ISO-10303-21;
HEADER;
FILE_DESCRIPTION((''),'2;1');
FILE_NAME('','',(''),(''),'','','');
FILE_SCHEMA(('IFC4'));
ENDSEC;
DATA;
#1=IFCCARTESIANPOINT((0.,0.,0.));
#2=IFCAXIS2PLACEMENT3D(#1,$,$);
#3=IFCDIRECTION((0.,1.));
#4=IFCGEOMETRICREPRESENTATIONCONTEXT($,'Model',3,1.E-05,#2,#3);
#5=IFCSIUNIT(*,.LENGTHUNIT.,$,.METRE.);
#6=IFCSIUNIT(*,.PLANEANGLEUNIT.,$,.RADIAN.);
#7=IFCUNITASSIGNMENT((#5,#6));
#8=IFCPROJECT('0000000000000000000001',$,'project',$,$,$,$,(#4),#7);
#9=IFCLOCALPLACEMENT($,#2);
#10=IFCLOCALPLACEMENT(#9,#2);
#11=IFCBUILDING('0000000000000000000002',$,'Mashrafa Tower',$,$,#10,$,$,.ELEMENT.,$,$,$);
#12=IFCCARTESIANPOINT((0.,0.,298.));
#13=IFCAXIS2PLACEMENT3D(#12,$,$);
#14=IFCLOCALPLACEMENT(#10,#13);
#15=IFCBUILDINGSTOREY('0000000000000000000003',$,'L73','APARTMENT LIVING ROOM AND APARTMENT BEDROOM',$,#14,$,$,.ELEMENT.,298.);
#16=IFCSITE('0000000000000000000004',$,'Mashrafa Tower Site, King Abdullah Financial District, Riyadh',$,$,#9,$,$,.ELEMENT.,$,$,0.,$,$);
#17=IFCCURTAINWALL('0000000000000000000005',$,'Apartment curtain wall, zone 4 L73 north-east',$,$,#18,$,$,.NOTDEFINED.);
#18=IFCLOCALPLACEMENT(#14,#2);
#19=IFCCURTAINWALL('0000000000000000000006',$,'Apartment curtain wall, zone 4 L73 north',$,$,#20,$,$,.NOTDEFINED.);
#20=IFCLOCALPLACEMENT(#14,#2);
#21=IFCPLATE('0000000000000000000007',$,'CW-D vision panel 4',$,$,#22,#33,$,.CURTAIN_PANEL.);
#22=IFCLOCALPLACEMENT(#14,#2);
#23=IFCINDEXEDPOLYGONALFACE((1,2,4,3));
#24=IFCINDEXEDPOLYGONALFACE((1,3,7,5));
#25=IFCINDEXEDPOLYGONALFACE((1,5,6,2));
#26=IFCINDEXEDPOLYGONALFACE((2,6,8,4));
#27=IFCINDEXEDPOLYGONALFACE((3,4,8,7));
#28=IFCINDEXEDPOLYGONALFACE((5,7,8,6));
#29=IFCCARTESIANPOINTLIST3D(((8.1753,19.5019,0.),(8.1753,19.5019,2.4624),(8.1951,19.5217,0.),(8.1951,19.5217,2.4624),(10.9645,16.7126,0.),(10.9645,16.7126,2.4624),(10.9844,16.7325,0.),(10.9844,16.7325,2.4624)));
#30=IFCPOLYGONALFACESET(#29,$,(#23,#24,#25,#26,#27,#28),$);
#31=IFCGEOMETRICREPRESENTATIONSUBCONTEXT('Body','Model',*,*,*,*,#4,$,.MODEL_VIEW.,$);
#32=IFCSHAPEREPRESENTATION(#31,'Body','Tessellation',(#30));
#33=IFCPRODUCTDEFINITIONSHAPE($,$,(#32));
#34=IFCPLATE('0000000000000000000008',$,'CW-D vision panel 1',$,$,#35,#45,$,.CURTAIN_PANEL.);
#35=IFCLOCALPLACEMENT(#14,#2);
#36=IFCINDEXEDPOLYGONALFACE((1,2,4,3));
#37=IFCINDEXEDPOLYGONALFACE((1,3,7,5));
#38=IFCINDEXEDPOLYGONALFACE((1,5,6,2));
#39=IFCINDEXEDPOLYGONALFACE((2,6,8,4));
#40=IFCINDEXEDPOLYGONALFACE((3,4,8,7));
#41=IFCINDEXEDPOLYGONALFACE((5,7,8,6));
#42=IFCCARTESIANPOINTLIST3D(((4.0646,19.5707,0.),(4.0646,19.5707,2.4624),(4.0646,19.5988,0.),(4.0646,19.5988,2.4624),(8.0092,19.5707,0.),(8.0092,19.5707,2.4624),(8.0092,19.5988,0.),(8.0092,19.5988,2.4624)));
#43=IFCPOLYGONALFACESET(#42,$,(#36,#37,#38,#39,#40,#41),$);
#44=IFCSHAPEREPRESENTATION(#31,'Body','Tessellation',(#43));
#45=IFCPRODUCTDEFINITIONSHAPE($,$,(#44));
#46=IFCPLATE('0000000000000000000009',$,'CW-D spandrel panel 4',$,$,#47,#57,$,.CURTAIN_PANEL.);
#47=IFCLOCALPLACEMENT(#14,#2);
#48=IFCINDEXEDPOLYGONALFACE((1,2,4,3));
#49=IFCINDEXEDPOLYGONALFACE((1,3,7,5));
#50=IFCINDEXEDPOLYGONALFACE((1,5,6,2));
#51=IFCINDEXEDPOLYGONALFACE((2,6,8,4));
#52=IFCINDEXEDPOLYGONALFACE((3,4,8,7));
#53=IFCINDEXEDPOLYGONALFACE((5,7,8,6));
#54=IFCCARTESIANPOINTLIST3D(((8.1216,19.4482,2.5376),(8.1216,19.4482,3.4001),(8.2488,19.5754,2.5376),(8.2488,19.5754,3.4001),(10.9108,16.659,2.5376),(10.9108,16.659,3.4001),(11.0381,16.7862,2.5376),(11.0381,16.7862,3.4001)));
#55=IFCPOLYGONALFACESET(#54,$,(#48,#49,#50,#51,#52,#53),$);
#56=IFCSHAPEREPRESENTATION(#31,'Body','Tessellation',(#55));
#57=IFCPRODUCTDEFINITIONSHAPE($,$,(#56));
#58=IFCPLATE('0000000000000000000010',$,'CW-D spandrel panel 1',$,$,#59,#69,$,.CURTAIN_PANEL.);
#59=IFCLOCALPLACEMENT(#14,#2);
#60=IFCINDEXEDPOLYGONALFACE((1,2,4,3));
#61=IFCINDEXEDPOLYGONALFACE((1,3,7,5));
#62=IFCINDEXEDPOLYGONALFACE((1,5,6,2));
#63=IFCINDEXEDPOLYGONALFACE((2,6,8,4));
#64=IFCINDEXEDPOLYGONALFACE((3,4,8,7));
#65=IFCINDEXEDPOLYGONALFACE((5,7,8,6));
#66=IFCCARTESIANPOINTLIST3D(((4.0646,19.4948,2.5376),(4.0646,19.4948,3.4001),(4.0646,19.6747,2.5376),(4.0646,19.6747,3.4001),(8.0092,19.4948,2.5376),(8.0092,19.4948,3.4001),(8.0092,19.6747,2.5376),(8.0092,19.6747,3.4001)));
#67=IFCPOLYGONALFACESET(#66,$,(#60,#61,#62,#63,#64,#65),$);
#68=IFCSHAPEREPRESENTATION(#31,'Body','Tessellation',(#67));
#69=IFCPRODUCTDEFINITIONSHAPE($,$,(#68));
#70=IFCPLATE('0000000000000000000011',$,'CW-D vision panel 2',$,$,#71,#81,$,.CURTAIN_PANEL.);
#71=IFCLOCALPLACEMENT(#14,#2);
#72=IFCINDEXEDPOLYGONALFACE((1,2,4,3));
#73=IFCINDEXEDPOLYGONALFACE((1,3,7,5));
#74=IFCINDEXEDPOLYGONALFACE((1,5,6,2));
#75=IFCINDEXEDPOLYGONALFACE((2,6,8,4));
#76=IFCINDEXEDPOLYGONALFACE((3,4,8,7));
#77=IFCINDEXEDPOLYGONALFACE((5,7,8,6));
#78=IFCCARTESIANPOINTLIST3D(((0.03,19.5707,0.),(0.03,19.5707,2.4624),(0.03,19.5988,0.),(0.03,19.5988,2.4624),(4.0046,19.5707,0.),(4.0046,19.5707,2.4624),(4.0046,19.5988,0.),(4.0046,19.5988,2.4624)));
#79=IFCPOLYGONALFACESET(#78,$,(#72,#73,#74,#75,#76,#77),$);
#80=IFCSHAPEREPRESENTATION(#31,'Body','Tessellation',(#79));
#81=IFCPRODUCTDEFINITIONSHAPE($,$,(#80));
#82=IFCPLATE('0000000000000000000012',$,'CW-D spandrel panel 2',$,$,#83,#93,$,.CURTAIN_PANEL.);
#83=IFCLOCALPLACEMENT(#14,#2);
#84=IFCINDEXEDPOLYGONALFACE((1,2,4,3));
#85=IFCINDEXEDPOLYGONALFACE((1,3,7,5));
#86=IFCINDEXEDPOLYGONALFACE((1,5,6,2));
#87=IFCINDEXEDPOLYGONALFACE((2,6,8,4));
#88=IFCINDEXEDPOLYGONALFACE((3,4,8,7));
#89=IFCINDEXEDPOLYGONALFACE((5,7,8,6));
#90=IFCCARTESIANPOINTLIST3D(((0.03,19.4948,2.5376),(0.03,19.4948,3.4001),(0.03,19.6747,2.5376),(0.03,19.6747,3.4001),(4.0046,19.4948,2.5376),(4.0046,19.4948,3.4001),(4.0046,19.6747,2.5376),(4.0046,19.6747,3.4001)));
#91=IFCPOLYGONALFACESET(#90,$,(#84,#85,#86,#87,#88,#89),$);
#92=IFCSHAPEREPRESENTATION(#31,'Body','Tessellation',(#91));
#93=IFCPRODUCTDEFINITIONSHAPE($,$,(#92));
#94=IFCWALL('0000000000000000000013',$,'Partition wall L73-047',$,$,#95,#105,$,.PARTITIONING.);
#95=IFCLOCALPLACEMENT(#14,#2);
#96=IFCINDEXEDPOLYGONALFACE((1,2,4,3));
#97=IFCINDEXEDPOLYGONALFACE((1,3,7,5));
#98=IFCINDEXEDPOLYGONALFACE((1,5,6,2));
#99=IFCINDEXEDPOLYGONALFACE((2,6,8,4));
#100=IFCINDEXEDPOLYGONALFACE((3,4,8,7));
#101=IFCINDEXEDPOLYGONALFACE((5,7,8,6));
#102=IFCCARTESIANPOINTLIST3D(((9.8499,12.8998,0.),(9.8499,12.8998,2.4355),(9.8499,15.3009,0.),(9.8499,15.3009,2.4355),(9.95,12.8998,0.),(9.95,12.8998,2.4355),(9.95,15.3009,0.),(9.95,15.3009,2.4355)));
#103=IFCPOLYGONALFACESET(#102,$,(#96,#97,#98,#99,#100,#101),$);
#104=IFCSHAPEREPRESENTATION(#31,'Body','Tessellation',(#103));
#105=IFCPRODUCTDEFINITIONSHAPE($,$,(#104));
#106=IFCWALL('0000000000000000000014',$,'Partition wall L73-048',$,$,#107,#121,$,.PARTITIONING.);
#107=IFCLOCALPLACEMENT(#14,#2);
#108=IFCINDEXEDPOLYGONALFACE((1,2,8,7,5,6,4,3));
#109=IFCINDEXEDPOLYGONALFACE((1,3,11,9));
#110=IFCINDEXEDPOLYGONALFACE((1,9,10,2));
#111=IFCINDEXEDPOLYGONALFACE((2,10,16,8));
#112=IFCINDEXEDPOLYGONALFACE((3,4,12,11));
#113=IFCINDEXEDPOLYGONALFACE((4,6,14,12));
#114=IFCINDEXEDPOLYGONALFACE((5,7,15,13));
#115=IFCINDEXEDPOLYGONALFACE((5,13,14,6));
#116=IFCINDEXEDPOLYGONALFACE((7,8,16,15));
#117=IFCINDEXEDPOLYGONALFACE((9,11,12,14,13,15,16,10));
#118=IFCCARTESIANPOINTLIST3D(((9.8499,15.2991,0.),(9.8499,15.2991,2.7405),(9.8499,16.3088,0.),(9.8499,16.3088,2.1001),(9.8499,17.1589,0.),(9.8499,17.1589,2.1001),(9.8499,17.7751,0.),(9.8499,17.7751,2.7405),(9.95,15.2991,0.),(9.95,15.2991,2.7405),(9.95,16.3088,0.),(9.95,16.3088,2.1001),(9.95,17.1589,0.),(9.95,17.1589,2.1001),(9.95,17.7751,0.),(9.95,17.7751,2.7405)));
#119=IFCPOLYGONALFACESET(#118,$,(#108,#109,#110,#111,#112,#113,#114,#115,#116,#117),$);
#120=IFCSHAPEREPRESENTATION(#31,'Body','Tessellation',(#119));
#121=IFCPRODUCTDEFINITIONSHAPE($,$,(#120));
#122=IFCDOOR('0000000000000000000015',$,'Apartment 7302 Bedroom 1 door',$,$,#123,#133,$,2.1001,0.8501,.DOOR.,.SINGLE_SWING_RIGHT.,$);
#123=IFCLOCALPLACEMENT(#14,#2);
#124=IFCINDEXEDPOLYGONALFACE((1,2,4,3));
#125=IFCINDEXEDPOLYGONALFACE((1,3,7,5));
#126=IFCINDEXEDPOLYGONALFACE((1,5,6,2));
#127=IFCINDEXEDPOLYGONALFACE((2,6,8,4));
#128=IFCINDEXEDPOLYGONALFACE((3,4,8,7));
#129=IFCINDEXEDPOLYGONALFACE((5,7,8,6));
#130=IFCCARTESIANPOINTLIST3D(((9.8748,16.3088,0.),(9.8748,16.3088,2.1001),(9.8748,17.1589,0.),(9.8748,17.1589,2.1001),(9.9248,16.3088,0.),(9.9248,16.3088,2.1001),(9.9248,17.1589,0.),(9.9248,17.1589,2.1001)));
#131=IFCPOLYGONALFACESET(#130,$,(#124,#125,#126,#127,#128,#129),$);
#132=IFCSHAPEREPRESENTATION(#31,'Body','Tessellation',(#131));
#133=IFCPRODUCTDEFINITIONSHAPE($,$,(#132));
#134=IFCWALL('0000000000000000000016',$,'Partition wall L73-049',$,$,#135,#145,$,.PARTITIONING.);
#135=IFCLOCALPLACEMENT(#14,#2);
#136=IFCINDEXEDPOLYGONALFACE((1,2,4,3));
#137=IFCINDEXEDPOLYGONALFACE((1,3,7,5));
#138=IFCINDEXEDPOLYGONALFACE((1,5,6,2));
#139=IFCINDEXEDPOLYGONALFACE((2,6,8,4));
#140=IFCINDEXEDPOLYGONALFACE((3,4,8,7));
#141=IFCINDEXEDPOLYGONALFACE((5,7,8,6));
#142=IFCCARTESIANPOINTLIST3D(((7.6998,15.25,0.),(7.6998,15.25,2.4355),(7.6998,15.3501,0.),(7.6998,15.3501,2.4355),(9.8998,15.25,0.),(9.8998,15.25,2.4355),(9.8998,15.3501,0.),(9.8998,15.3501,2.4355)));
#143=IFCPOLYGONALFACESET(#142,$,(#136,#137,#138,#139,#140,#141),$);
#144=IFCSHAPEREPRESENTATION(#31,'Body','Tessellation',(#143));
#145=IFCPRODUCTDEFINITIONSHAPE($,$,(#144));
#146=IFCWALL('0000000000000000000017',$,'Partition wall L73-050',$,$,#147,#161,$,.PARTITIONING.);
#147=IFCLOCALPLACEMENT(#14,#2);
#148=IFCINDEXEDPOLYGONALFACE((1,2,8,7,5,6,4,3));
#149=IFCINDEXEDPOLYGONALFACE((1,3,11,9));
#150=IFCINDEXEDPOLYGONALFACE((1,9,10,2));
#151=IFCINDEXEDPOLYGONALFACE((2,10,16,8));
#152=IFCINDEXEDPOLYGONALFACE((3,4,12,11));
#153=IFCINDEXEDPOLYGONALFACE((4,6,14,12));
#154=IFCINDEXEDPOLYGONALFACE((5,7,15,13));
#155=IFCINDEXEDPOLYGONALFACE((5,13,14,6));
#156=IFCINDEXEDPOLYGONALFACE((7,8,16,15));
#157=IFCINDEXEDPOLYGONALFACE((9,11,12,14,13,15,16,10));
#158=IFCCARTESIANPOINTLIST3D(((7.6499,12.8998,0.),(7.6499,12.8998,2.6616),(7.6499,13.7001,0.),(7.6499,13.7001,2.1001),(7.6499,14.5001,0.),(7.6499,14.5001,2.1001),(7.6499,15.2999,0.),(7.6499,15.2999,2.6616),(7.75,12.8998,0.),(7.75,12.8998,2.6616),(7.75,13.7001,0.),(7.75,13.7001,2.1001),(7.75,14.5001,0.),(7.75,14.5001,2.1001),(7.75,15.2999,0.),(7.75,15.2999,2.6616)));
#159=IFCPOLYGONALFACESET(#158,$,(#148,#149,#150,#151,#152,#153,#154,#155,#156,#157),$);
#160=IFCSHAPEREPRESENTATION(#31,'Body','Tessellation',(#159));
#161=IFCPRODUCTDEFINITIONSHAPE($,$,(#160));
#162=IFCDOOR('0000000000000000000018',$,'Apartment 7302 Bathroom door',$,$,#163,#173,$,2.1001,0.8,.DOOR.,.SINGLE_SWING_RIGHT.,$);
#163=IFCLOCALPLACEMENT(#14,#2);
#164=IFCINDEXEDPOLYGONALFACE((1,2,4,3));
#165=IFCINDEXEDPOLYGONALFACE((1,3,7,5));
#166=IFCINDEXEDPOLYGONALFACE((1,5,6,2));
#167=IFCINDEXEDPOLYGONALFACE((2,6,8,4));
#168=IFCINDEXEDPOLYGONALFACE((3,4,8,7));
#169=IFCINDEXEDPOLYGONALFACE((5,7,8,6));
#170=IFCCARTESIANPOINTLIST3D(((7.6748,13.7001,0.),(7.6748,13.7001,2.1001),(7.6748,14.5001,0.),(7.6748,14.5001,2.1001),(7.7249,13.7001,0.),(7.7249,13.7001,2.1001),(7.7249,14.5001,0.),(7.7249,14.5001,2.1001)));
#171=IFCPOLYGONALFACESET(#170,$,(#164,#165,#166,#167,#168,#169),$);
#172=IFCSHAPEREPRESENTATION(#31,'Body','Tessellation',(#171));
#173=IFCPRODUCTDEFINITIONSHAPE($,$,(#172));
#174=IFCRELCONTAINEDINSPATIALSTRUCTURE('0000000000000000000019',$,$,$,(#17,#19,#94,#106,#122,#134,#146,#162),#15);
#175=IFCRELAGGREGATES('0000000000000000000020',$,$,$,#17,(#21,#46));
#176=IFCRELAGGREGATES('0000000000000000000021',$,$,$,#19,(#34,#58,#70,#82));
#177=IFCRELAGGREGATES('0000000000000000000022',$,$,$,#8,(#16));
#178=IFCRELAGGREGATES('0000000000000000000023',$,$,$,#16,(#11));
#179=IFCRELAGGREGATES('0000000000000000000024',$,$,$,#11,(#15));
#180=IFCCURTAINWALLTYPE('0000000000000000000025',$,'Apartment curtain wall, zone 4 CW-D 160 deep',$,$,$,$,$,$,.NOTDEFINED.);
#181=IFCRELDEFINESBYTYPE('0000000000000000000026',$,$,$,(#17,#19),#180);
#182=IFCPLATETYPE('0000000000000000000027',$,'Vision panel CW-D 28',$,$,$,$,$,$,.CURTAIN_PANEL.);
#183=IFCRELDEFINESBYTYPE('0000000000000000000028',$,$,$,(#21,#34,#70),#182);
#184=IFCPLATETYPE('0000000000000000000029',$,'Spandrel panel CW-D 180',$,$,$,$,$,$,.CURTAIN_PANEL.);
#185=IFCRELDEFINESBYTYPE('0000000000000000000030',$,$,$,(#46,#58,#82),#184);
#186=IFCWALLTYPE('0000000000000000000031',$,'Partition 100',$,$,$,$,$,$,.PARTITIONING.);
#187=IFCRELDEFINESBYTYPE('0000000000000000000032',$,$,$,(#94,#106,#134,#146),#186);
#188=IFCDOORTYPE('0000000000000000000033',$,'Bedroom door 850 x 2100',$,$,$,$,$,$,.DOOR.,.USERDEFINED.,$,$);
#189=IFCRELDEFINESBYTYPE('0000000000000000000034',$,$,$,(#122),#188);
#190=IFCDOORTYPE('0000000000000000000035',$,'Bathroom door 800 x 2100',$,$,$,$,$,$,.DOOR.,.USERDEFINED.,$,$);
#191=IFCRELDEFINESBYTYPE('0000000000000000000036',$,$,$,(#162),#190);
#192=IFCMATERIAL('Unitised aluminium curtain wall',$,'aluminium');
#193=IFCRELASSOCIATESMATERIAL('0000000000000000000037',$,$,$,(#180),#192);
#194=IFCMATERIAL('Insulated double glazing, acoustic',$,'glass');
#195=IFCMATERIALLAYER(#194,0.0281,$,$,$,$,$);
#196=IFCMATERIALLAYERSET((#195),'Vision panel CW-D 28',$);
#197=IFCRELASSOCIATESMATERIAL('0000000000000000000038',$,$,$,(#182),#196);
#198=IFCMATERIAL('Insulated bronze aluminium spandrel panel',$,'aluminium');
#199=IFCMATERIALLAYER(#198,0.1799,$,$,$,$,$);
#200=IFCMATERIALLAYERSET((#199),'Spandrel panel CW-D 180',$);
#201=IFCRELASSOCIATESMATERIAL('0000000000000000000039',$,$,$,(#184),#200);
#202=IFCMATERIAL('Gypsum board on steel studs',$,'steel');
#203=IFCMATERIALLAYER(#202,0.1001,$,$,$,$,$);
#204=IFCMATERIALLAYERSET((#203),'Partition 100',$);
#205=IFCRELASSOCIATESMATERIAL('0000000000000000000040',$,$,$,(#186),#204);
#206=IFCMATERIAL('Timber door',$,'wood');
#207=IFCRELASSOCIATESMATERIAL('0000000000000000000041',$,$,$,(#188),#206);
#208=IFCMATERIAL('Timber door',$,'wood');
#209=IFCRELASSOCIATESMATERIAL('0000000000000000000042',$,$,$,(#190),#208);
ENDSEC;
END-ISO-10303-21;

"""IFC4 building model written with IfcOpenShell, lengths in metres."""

from ifc_helpers import new_model, si_unit, direction, frame, frame_2d, origin, origin_2d, place, context, subcontext, project, spatial, rectangle, extrude, source, transform, mapped, material, layer, layer_set, type_object, type_shapes, element, fill, aggregate, save


model = new_model("IFC4")

# Units and contexts
model_context = context("Model", 3, precision=1e-05, world=origin(), true_north=direction((0.0, 1.0)))
body_context = subcontext(model_context, "Body", "Model", "MODEL_VIEW")
ifc_project = project(units=[si_unit("LENGTHUNIT", "METRE"), si_unit("PLANEANGLEUNIT", "RADIAN")], contexts=[model_context])

# Site, building, storey
site_placement = place(None, origin())
site = spatial("IfcSite", under=ifc_project, at=site_placement, Name="Mashrafa Tower Site, King Abdullah Financial District, Riyadh", CompositionType="ELEMENT", RefElevation=0.0)
building_placement = place(site_placement, origin())
building = spatial("IfcBuilding", under=site, at=building_placement, Name="Mashrafa Tower", CompositionType="ELEMENT")
storey_placement = place(building_placement, frame((0.0, 0.0, 298.0)))
storey = spatial("IfcBuildingStorey", under=building, at=storey_placement, Name="L73", Description="APARTMENT LIVING ROOM AND APARTMENT BEDROOM", CompositionType="ELEMENT", Elevation=298.0)

# Curtain wall
ifc_material_1 = material(Name="Unitised aluminium curtain wall", Category="aluminium")
curtain_wall_type = type_object("IfcCurtainWallType", Name="Apartment curtain wall, zone 4 CW-D 160 deep", PredefinedType="NOTDEFINED", material=ifc_material_1)
curtain_wall_1_placement = place(storey_placement, origin())
curtain_wall_1 = element("IfcCurtainWall", 1, at=curtain_wall_1_placement, inside=storey, type_object=curtain_wall_type, Name="Apartment curtain wall, zone 4 L73 north-east", PredefinedType="NOTDEFINED")

# Curtain wall
curtain_wall_2_placement = place(storey_placement, origin())
curtain_wall_2 = element("IfcCurtainWall", 2, at=curtain_wall_2_placement, inside=storey, type_object=curtain_wall_type, Name="Apartment curtain wall, zone 4 L73 north", PredefinedType="NOTDEFINED")

# Plates
ifc_material_2 = material(Name="Insulated double glazing, acoustic", Category="glass")
ifc_layer_1 = layer(ifc_material_2, 0.0281)
ifc_layer_set_1 = layer_set([ifc_layer_1], Name="Vision panel CW-D 28")
plate_type_1 = type_object("IfcPlateType", Name="Vision panel CW-D 28", PredefinedType="CURTAIN_PANEL", material=ifc_layer_set_1)
shared_shape_1 = source(origin(), body_context, "Body", "SweptSolid", [
    extrude(rectangle(XDim=3.9446, YDim=0.0281, at=origin_2d()), origin(), (0.0, 0.0, 1.0), 2.4624),
])
plate_1_placement = place(storey_placement, frame((9.5798, 18.1172, 0.0), z_axis=(0.0, 0.0, 1.0), x_axis=(-0.707107, 0.707107, 0.0)))
plate_1 = element("IfcPlate", 3, at=plate_1_placement, type_object=plate_type_1, Name="CW-D vision panel 4", PredefinedType="CURTAIN_PANEL", context=body_context, shape_type="MappedRepresentation", body=[
    mapped(shared_shape_1, transform((0.0, 0.0, 0.0))),
])
plate_2_placement = place(storey_placement, frame((6.0369, 19.5847, 0.0), z_axis=(0.0, 0.0, 1.0), x_axis=(-1.0, 0.0, 0.0)))
plate_2 = element("IfcPlate", 4, at=plate_2_placement, type_object=plate_type_1, Name="CW-D vision panel 1", PredefinedType="CURTAIN_PANEL", context=body_context, shape_type="MappedRepresentation", body=[
    mapped(shared_shape_1, transform((0.0, 0.0, 0.0))),
])
ifc_material_3 = material(Name="Insulated bronze aluminium spandrel panel", Category="aluminium")
ifc_layer_2 = layer(ifc_material_3, 0.1799)
ifc_layer_set_2 = layer_set([ifc_layer_2], Name="Spandrel panel CW-D 180")
plate_type_2 = type_object("IfcPlateType", Name="Spandrel panel CW-D 180", PredefinedType="CURTAIN_PANEL", material=ifc_layer_set_2)
shared_shape_2 = source(origin(), body_context, "Body", "SweptSolid", [
    extrude(rectangle(XDim=3.9446, YDim=0.1799, at=origin_2d()), origin(), (0.0, 0.0, 1.0), 0.8625),
])
plate_3_placement = place(storey_placement, frame((9.5798, 18.1172, 2.5376), z_axis=(0.0, 0.0, 1.0), x_axis=(-0.707107, 0.707107, 0.0)))
plate_3 = element("IfcPlate", 5, at=plate_3_placement, type_object=plate_type_2, Name="CW-D spandrel panel 4", PredefinedType="CURTAIN_PANEL", context=body_context, shape_type="MappedRepresentation", body=[
    mapped(shared_shape_2, transform((0.0, 0.0, 0.0))),
])
aggregate(curtain_wall_1, [plate_1, plate_3])
plate_4_placement = place(storey_placement, frame((6.0369, 19.5847, 2.5376), z_axis=(0.0, 0.0, 1.0), x_axis=(-1.0, 0.0, 0.0)))
plate_4 = element("IfcPlate", 6, at=plate_4_placement, type_object=plate_type_2, Name="CW-D spandrel panel 1", PredefinedType="CURTAIN_PANEL", context=body_context, shape_type="MappedRepresentation", body=[
    mapped(shared_shape_2, transform((0.0, 0.0, 0.0))),
])
shared_shape_3 = source(origin(), body_context, "Body", "SweptSolid", [
    extrude(rectangle(XDim=3.9746, YDim=0.0281, at=origin_2d()), origin(), (0.0, 0.0, 1.0), 2.4624),
])
type_shapes(plate_type_1, [shared_shape_1, shared_shape_3])
plate_5_placement = place(storey_placement, frame((2.0173, 19.5847, 0.0), z_axis=(0.0, 0.0, 1.0), x_axis=(-1.0, 0.0, 0.0)))
plate_5 = element("IfcPlate", 7, at=plate_5_placement, type_object=plate_type_1, Name="CW-D vision panel 2", PredefinedType="CURTAIN_PANEL", context=body_context, shape_type="MappedRepresentation", body=[
    mapped(shared_shape_3, transform((0.0, 0.0, 0.0))),
])
shared_shape_4 = source(origin(), body_context, "Body", "SweptSolid", [
    extrude(rectangle(XDim=3.9746, YDim=0.1799, at=origin_2d()), origin(), (0.0, 0.0, 1.0), 0.8625),
])
type_shapes(plate_type_2, [shared_shape_2, shared_shape_4])
plate_6_placement = place(storey_placement, frame((2.0173, 19.5847, 2.5376), z_axis=(0.0, 0.0, 1.0), x_axis=(-1.0, 0.0, 0.0)))
plate_6 = element("IfcPlate", 8, at=plate_6_placement, type_object=plate_type_2, Name="CW-D spandrel panel 2", PredefinedType="CURTAIN_PANEL", context=body_context, shape_type="MappedRepresentation", body=[
    mapped(shared_shape_4, transform((0.0, 0.0, 0.0))),
])
aggregate(curtain_wall_2, [plate_2, plate_4, plate_5, plate_6])

# Wall
ifc_material_4 = material(Name="Gypsum board on steel studs", Category="steel")
ifc_layer_3 = layer(ifc_material_4, 0.1001)
ifc_layer_set_3 = layer_set([ifc_layer_3], Name="Partition 100")
wall_type = type_object("IfcWallType", Name="Partition 100", PredefinedType="PARTITIONING", material=ifc_layer_set_3)
wall_1_placement = place(storey_placement, frame((9.8999, 15.301, 0.0), z_axis=(0.0, 0.0, 1.0), x_axis=(0.0, -1.0, 0.0)))
element("IfcWall", 9, at=wall_1_placement, inside=storey, type_object=wall_type, Name="Partition wall L73-047", PredefinedType="PARTITIONING", context=body_context, shape_type="SweptSolid", body=[
    extrude(rectangle(XDim=2.4011, YDim=0.1001, at=frame_2d((1.2007, 0.0))), origin(), (0.0, 0.0, 1.0), 2.4355),
])

# Wall, opening, door
wall_2_placement = place(storey_placement, frame((9.8999, 17.7751, 0.0), z_axis=(0.0, 0.0, 1.0), x_axis=(0.0, -1.0, 0.0)))
wall_2 = element("IfcWall", 10, at=wall_2_placement, inside=storey, type_object=wall_type, Name="Partition wall L73-048", PredefinedType="PARTITIONING", context=body_context, shape_type="SweptSolid", body=[
    extrude(rectangle(XDim=2.4761, YDim=0.1001, at=frame_2d((1.238, 0.0))), origin(), (0.0, 0.0, 1.0), 2.7405),
])
opening_1_placement = place(wall_2_placement, frame((0.6162, 0.0, 0.0)))
opening_1 = element("IfcOpeningElement", 11, at=opening_1_placement, cuts=wall_2, PredefinedType="OPENING", context=body_context, shape_type="SweptSolid", body=[
    extrude(rectangle(XDim=0.8501, YDim=2.1001, at=frame_2d((0.425, 1.05))), frame((0.0, 0.0601, 0.0), z_axis=(0.0, -1.0, 0.0), x_axis=(1.0, 0.0, 0.0)), (0.0, 0.0, 1.0), 0.1201),
])
ifc_material_5 = material(Name="Timber door", Category="wood")
door_type_1 = type_object("IfcDoorType", Name="Bedroom door 850 x 2100", OperationType="USERDEFINED", PredefinedType="DOOR", material=ifc_material_5)
door_1_placement = place(opening_1_placement, origin())
door_1 = element("IfcDoor", 12, at=door_1_placement, inside=storey, type_object=door_type_1, Name="Apartment 7302 Bedroom 1 door", OperationType="SINGLE_SWING_RIGHT", OverallHeight=2.1001, OverallWidth=0.8501, PredefinedType="DOOR", context=body_context, shape_type="SweptSolid", body=[
    extrude(rectangle(XDim=0.8501, YDim=2.1001, at=frame_2d((0.425, 1.05))), frame((0.0, 0.0249, 0.0), z_axis=(0.0, -1.0, 0.0), x_axis=(1.0, 0.0, 0.0)), (0.0, 0.0, 1.0), 0.05),
])
fill(opening_1, door_1)

# Wall
wall_3_placement = place(storey_placement, frame((9.8999, 15.3, 0.0), z_axis=(0.0, 0.0, 1.0), x_axis=(-1.0, 0.0, 0.0)))
element("IfcWall", 13, at=wall_3_placement, inside=storey, type_object=wall_type, Name="Partition wall L73-049", PredefinedType="PARTITIONING", context=body_context, shape_type="SweptSolid", body=[
    extrude(rectangle(XDim=2.2, YDim=0.1001, at=frame_2d((1.1001, 0.0))), origin(), (0.0, 0.0, 1.0), 2.4355),
])

# Wall, opening, door
wall_4_placement = place(storey_placement, frame((7.7, 15.3, 0.0), z_axis=(0.0, 0.0, 1.0), x_axis=(0.0, -1.0, 0.0)))
wall_4 = element("IfcWall", 14, at=wall_4_placement, inside=storey, type_object=wall_type, Name="Partition wall L73-050", PredefinedType="PARTITIONING", context=body_context, shape_type="SweptSolid", body=[
    extrude(rectangle(XDim=2.4001, YDim=0.1001, at=frame_2d((1.2002, 0.0))), origin(), (0.0, 0.0, 1.0), 2.6616),
])
opening_2_placement = place(wall_4_placement, frame((0.8, 0.0, 0.0)))
opening_2 = element("IfcOpeningElement", 15, at=opening_2_placement, cuts=wall_4, PredefinedType="OPENING", context=body_context, shape_type="SweptSolid", body=[
    extrude(rectangle(XDim=0.8, YDim=2.1001, at=frame_2d((0.3999, 1.05))), frame((0.0, 0.0601, 0.0), z_axis=(0.0, -1.0, 0.0), x_axis=(1.0, 0.0, 0.0)), (0.0, 0.0, 1.0), 0.1201),
])
ifc_material_6 = material(Name="Timber door", Category="wood")
door_type_2 = type_object("IfcDoorType", Name="Bathroom door 800 x 2100", OperationType="USERDEFINED", PredefinedType="DOOR", material=ifc_material_6)
door_2_placement = place(opening_2_placement, origin())
door_2 = element("IfcDoor", 16, at=door_2_placement, inside=storey, type_object=door_type_2, Name="Apartment 7302 Bathroom door", OperationType="SINGLE_SWING_RIGHT", OverallHeight=2.1001, OverallWidth=0.8, PredefinedType="DOOR", context=body_context, shape_type="SweptSolid", body=[
    extrude(rectangle(XDim=0.8, YDim=2.1001, at=frame_2d((0.3999, 1.05))), frame((0.0, 0.0249, 0.0), z_axis=(0.0, -1.0, 0.0), x_axis=(1.0, 0.0, 0.0)), (0.0, 0.0, 1.0), 0.05),
])
fill(opening_2, door_2)

save(model, "model.ifc")
